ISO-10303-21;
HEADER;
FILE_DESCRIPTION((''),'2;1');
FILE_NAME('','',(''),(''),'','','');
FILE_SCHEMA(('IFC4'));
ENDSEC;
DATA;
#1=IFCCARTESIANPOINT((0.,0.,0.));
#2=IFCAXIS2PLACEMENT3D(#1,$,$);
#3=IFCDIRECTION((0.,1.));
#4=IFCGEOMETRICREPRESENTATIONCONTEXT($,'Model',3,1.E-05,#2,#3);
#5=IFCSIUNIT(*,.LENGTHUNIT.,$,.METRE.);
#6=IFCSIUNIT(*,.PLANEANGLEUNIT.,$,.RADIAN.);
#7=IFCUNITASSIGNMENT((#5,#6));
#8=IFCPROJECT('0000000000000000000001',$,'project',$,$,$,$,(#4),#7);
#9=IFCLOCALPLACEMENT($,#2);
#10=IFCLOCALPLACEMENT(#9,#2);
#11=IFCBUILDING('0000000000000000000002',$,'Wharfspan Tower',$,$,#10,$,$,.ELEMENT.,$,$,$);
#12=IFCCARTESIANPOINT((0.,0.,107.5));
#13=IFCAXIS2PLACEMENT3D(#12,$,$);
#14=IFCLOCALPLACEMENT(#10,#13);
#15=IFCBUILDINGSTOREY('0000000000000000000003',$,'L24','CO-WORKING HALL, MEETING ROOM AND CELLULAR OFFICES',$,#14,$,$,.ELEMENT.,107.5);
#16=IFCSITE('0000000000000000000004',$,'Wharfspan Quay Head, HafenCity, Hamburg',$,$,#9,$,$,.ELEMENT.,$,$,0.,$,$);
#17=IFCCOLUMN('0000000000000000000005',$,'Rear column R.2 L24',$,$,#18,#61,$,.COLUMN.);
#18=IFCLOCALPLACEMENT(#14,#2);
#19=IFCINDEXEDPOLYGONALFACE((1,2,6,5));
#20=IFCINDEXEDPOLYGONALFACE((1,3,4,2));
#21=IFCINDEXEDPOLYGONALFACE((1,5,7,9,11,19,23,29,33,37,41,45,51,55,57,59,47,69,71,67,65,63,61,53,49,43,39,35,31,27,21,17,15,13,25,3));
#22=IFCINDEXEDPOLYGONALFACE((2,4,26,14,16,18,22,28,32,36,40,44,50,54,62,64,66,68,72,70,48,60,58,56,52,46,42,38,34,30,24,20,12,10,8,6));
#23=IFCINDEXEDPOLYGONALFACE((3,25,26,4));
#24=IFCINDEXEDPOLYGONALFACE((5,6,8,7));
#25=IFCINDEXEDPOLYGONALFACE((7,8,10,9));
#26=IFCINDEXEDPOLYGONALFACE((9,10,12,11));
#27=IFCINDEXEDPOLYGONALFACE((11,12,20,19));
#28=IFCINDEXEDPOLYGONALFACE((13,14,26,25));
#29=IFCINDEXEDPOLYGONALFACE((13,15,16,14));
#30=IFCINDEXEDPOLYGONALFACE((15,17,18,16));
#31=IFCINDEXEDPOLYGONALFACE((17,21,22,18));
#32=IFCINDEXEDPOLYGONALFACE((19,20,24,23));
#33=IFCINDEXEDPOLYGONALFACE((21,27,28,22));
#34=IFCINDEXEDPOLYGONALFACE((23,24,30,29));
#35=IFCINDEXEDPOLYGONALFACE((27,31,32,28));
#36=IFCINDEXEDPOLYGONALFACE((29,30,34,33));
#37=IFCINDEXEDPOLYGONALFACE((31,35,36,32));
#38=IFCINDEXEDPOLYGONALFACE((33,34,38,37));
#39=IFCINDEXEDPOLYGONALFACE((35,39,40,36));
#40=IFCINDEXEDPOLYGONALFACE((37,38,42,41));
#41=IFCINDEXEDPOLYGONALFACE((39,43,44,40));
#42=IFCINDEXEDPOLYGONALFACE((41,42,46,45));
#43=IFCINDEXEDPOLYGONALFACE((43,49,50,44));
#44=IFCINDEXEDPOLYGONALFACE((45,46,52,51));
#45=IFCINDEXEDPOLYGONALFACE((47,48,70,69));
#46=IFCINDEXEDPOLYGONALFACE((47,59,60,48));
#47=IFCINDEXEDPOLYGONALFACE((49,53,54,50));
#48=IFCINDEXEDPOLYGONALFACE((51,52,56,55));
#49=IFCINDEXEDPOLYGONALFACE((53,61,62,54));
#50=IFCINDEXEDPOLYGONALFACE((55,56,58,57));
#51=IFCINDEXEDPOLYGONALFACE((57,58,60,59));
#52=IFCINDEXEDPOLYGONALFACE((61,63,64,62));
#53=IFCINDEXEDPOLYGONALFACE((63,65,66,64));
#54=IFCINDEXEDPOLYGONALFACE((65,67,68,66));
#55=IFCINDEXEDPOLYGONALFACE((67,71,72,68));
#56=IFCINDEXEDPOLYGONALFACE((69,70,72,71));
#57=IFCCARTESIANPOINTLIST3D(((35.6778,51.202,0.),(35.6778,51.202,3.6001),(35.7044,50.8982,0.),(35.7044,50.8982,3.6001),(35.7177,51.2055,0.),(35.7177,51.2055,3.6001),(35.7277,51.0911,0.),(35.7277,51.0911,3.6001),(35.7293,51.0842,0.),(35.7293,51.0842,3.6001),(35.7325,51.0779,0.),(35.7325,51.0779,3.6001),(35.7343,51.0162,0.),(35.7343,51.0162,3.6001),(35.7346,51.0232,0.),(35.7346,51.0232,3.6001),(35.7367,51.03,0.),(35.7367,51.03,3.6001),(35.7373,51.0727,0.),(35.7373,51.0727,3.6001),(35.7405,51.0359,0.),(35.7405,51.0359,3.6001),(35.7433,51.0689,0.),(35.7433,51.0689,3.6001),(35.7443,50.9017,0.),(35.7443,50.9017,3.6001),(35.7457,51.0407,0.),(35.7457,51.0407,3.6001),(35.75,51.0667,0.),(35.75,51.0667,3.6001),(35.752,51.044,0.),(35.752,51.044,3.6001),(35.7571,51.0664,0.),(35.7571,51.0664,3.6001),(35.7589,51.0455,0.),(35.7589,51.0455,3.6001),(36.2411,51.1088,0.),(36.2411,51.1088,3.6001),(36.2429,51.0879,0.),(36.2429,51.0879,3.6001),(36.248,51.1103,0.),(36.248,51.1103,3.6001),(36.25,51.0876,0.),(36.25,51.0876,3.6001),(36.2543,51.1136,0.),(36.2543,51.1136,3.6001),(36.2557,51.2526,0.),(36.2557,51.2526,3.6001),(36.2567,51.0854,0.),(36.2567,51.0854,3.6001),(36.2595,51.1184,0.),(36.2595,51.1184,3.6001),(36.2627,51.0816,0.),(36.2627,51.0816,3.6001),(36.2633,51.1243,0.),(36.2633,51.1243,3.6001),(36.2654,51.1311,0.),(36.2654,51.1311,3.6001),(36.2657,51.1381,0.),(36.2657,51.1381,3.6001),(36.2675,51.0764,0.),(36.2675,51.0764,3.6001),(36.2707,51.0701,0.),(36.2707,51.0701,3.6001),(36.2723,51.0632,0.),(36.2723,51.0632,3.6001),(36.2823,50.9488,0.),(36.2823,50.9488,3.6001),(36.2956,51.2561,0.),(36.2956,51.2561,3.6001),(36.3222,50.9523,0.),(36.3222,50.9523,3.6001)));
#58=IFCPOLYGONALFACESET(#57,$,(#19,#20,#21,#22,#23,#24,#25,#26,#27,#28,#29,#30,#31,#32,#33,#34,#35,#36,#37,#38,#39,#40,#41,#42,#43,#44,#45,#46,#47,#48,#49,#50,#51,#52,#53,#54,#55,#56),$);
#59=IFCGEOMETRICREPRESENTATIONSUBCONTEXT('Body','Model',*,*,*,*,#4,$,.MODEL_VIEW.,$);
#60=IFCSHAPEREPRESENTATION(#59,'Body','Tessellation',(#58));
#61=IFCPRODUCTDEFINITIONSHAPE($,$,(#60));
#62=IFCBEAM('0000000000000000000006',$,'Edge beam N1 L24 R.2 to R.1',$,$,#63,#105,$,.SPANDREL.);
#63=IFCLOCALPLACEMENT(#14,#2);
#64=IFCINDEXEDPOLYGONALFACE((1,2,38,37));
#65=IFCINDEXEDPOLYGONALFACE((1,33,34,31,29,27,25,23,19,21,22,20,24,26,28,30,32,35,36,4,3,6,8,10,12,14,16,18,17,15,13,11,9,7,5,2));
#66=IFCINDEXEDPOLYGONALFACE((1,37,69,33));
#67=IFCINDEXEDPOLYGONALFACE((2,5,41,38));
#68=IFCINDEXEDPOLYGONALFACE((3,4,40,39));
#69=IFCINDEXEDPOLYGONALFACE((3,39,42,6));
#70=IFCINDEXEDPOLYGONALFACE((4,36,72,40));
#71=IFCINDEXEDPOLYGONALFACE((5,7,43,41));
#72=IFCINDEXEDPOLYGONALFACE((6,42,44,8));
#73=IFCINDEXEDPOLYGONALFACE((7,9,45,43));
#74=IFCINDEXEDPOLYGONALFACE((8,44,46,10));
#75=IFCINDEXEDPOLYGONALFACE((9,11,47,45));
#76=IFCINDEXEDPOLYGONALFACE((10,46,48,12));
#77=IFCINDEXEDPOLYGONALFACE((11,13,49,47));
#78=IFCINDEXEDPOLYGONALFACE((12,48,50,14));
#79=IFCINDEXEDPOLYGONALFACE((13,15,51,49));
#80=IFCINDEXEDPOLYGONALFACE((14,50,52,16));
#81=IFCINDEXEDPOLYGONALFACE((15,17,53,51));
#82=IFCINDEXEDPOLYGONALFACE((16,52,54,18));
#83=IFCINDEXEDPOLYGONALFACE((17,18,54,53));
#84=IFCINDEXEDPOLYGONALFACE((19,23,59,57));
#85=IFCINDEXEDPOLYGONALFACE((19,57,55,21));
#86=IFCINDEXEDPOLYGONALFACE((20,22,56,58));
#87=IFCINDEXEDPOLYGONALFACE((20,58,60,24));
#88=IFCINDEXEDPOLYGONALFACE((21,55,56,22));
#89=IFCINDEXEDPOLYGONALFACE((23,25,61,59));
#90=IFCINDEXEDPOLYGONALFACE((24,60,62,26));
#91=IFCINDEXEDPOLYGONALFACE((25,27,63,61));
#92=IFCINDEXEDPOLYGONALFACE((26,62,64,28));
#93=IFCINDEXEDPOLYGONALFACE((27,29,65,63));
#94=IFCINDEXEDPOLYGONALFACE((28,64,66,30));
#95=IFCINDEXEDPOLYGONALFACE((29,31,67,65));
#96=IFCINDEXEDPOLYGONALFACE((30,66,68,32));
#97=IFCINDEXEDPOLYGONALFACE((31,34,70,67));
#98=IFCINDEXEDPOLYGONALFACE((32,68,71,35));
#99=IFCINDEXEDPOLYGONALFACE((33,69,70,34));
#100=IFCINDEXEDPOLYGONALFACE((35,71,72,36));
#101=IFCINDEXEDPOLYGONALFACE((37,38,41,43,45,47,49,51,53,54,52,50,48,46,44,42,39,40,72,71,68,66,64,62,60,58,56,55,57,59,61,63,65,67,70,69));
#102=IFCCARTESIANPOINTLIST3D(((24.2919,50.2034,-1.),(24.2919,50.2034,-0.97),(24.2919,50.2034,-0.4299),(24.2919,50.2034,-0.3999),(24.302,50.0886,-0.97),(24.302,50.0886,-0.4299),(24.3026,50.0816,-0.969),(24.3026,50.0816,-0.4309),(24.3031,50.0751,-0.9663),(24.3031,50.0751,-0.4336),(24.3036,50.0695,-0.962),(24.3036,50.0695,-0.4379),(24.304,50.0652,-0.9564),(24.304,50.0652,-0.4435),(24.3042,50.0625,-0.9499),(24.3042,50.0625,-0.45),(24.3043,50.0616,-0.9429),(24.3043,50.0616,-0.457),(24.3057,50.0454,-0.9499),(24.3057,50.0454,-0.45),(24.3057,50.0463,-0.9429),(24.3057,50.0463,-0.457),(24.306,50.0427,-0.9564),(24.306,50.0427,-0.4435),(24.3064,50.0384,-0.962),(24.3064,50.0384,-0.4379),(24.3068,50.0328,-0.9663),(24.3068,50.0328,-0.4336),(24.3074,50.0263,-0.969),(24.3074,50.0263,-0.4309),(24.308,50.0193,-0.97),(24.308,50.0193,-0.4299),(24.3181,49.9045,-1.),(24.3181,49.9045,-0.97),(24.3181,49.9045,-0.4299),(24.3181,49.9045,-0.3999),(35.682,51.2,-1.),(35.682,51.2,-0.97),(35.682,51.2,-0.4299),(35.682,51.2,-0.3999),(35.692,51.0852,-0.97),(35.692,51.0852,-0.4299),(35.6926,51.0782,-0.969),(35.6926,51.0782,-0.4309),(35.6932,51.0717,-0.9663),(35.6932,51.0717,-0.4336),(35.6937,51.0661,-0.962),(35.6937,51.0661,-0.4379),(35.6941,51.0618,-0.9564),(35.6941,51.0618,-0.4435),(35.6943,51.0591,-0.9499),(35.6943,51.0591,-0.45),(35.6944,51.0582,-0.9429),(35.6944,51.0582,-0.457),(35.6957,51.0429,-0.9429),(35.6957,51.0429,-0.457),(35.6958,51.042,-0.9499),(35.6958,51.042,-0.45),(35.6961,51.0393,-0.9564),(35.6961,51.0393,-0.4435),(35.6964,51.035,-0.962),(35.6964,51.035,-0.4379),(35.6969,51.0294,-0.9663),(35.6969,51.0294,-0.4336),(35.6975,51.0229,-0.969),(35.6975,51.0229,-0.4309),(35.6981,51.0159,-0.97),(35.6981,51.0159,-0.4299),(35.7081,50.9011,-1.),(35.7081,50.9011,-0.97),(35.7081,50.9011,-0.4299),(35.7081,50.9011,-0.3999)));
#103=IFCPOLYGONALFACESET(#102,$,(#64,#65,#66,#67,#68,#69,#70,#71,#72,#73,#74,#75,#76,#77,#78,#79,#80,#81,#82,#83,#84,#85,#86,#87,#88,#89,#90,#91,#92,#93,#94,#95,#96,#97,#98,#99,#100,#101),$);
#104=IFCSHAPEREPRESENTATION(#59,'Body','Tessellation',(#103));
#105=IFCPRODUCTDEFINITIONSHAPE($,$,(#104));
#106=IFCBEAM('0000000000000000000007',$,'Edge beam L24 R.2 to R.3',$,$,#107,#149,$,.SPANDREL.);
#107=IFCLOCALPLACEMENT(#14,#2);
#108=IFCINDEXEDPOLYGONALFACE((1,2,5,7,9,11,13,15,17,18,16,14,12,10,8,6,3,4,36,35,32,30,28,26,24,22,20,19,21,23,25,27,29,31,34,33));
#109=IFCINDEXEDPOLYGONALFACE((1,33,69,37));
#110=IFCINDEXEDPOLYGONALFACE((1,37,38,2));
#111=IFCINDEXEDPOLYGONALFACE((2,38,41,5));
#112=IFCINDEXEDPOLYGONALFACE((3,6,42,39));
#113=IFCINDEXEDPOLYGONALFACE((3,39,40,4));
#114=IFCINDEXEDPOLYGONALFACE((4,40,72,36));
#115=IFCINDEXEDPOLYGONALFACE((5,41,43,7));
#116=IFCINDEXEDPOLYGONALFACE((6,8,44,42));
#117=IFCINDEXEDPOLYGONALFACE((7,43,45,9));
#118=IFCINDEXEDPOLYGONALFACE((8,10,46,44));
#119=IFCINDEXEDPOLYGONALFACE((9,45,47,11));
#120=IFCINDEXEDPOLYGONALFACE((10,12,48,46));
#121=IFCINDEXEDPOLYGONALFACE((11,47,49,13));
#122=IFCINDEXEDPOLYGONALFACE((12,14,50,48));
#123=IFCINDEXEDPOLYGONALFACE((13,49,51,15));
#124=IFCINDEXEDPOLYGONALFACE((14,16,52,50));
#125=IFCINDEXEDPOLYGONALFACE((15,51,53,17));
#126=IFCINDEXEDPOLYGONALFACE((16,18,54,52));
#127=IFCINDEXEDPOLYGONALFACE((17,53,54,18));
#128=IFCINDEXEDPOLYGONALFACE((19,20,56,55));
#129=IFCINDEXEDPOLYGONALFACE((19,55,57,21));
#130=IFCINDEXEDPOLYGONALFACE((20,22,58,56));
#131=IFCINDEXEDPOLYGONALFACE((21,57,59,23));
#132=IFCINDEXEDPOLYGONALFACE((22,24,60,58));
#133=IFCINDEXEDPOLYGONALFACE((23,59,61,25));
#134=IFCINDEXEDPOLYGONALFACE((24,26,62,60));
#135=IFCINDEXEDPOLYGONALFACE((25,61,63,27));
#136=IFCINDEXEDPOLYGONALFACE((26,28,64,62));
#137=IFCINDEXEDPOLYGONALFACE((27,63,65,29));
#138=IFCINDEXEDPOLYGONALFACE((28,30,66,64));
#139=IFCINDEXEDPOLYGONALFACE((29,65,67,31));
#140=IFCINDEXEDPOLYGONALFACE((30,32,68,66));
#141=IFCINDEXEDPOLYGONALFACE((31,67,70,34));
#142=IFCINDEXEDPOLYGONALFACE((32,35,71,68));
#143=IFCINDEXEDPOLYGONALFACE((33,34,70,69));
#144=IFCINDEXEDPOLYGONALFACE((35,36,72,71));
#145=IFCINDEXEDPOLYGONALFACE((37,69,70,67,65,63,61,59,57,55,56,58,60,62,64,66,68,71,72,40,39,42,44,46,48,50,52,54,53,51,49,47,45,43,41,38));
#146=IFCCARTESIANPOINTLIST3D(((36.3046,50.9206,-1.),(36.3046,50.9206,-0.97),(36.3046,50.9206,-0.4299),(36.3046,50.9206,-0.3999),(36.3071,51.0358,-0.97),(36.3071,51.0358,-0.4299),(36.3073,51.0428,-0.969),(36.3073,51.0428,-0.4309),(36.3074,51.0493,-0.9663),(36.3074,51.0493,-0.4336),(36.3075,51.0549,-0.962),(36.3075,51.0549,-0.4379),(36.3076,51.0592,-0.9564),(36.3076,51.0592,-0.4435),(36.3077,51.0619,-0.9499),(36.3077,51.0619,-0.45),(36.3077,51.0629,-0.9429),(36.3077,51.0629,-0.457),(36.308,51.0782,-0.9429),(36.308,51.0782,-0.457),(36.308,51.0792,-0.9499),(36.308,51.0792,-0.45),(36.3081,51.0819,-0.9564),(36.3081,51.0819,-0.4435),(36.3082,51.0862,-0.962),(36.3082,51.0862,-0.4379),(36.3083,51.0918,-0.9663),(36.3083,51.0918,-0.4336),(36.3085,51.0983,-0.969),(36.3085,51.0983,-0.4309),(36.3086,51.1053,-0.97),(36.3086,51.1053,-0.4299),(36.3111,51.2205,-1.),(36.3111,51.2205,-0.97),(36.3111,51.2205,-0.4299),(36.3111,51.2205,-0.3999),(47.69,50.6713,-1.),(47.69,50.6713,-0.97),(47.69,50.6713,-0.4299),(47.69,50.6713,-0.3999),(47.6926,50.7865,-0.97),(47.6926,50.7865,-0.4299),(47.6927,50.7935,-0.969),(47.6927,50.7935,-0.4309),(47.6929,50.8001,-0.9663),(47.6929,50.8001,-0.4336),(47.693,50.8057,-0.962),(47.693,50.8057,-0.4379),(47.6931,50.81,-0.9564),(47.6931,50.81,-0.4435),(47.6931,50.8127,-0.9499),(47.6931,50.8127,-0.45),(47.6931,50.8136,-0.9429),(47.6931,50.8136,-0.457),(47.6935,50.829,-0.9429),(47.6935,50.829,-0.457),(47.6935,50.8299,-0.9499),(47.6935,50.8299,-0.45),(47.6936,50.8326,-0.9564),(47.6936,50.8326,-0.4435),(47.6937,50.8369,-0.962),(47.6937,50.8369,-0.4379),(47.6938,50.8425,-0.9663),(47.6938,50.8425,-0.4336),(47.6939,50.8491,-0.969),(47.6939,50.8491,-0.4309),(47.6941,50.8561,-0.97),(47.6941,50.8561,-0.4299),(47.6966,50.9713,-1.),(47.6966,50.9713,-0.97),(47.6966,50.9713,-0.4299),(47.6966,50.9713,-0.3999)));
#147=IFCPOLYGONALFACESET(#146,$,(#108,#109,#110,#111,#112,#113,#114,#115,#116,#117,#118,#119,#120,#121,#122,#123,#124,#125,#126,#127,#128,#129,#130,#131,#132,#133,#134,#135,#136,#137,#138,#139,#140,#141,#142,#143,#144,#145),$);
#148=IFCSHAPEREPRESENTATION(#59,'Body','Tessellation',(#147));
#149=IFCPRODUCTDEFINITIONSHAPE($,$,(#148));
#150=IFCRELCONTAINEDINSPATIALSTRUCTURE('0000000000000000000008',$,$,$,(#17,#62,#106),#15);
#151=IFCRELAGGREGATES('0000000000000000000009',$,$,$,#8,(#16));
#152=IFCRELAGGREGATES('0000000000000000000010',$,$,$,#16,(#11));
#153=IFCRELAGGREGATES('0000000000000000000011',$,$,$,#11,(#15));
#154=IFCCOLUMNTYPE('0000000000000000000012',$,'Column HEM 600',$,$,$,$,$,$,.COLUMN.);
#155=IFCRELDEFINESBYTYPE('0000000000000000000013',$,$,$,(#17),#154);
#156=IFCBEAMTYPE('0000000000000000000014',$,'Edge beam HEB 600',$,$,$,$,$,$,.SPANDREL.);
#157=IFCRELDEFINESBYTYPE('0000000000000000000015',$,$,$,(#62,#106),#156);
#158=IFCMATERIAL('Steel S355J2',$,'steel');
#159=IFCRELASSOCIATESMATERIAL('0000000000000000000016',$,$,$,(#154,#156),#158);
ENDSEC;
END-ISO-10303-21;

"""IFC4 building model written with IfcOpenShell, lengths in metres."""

from ifc_helpers import new_model, si_unit, direction, frame, origin, origin_2d, place, context, subcontext, project, spatial, i_section, extrude, material, material_profile, profile_set, type_object, element, save


model = new_model("IFC4")

# Units and contexts
model_context = context("Model", 3, precision=1e-05, world=origin(), true_north=direction((0.0, 1.0)))
body_context = subcontext(model_context, "Body", "Model", "MODEL_VIEW")
ifc_project = project(units=[si_unit("LENGTHUNIT", "METRE"), si_unit("PLANEANGLEUNIT", "RADIAN")], contexts=[model_context])

# Site, building, storey
site_placement = place(None, origin())
site = spatial("IfcSite", under=ifc_project, at=site_placement, Name="Wharfspan Quay Head, HafenCity, Hamburg", CompositionType="ELEMENT", RefElevation=0.0)
building_placement = place(site_placement, origin())
building = spatial("IfcBuilding", under=site, at=building_placement, Name="Wharfspan Tower", CompositionType="ELEMENT")
storey_placement = place(building_placement, frame((0.0, 0.0, 107.5)))
storey = spatial("IfcBuildingStorey", under=building, at=storey_placement, Name="L24", Description="CO-WORKING HALL, MEETING ROOM AND CELLULAR OFFICES", CompositionType="ELEMENT", Elevation=107.5)

# Column
ifc_material_1 = material(Name="Steel S355J2", Category="steel")
ifc_material_profile_1 = material_profile(ifc_material_1, i_section(OverallWidth=0.3049, OverallDepth=0.6201, WebThickness=0.021, FlangeThickness=0.04, FilletRadius=0.0271, at=origin_2d()))
ifc_profile_set_1 = profile_set([ifc_material_profile_1], Name="Steel S355J2")
column_type = type_object("IfcColumnType", Name="Column HEM 600", PredefinedType="COLUMN", material=ifc_profile_set_1)
column_placement = place(storey_placement, frame((36.0, 51.0771, 0.0), z_axis=(0.0, 0.0, 1.0), x_axis=(-0.087156, 0.996198, 0.0)))
element("IfcColumn", 1, at=column_placement, inside=storey, type_object=column_type, Name="Rear column R.2 L24", PredefinedType="COLUMN", context=body_context, shape_type="SweptSolid", body=[
    extrude(i_section(OverallWidth=0.3049, OverallDepth=0.6201, WebThickness=0.021, FlangeThickness=0.04, FilletRadius=0.0271, at=origin_2d()), origin(), (0.0, 0.0, 1.0), 3.6001),
])

# Beams
ifc_material_profile_2 = material_profile(ifc_material_1, i_section(OverallWidth=0.3, OverallDepth=0.6001, WebThickness=0.0154, FlangeThickness=0.03, FilletRadius=0.0271, at=origin_2d()))
ifc_profile_set_2 = profile_set([ifc_material_profile_2], Name="Steel S355J2")
beam_type = type_object("IfcBeamType", Name="Edge beam HEB 600", PredefinedType="SPANDREL", material=ifc_profile_set_2)
beam_1_placement = place(storey_placement, frame((35.6951, 51.0505, -0.7), z_axis=(-0.996194, -0.087162, 0.0), x_axis=(0.087162, -0.996194, 0.0)))
element("IfcBeam", 2, at=beam_1_placement, inside=storey, type_object=beam_type, Name="Edge beam N1 L24 R.2 to R.1", PredefinedType="SPANDREL", context=body_context, shape_type="SweptSolid", body=[
    extrude(i_section(OverallWidth=0.3, OverallDepth=0.6001, WebThickness=0.0154, FlangeThickness=0.03, FilletRadius=0.0271, at=origin_2d()), origin(), (0.0, 0.0, 1.0), 11.4336),
])
beam_2_placement = place(storey_placement, frame((36.3079, 51.0706, -0.7), z_axis=(0.99976, -0.021888, 0.0), x_axis=(0.021888, 0.99976, 0.0)))
element("IfcBeam", 3, at=beam_2_placement, inside=storey, type_object=beam_type, Name="Edge beam L24 R.2 to R.3", PredefinedType="SPANDREL", context=body_context, shape_type="SweptSolid", body=[
    extrude(i_section(OverallWidth=0.3, OverallDepth=0.6001, WebThickness=0.0154, FlangeThickness=0.03, FilletRadius=0.0271, at=origin_2d()), origin(), (0.0, 0.0, 1.0), 11.3882),
])

save(model, "model.ifc")
